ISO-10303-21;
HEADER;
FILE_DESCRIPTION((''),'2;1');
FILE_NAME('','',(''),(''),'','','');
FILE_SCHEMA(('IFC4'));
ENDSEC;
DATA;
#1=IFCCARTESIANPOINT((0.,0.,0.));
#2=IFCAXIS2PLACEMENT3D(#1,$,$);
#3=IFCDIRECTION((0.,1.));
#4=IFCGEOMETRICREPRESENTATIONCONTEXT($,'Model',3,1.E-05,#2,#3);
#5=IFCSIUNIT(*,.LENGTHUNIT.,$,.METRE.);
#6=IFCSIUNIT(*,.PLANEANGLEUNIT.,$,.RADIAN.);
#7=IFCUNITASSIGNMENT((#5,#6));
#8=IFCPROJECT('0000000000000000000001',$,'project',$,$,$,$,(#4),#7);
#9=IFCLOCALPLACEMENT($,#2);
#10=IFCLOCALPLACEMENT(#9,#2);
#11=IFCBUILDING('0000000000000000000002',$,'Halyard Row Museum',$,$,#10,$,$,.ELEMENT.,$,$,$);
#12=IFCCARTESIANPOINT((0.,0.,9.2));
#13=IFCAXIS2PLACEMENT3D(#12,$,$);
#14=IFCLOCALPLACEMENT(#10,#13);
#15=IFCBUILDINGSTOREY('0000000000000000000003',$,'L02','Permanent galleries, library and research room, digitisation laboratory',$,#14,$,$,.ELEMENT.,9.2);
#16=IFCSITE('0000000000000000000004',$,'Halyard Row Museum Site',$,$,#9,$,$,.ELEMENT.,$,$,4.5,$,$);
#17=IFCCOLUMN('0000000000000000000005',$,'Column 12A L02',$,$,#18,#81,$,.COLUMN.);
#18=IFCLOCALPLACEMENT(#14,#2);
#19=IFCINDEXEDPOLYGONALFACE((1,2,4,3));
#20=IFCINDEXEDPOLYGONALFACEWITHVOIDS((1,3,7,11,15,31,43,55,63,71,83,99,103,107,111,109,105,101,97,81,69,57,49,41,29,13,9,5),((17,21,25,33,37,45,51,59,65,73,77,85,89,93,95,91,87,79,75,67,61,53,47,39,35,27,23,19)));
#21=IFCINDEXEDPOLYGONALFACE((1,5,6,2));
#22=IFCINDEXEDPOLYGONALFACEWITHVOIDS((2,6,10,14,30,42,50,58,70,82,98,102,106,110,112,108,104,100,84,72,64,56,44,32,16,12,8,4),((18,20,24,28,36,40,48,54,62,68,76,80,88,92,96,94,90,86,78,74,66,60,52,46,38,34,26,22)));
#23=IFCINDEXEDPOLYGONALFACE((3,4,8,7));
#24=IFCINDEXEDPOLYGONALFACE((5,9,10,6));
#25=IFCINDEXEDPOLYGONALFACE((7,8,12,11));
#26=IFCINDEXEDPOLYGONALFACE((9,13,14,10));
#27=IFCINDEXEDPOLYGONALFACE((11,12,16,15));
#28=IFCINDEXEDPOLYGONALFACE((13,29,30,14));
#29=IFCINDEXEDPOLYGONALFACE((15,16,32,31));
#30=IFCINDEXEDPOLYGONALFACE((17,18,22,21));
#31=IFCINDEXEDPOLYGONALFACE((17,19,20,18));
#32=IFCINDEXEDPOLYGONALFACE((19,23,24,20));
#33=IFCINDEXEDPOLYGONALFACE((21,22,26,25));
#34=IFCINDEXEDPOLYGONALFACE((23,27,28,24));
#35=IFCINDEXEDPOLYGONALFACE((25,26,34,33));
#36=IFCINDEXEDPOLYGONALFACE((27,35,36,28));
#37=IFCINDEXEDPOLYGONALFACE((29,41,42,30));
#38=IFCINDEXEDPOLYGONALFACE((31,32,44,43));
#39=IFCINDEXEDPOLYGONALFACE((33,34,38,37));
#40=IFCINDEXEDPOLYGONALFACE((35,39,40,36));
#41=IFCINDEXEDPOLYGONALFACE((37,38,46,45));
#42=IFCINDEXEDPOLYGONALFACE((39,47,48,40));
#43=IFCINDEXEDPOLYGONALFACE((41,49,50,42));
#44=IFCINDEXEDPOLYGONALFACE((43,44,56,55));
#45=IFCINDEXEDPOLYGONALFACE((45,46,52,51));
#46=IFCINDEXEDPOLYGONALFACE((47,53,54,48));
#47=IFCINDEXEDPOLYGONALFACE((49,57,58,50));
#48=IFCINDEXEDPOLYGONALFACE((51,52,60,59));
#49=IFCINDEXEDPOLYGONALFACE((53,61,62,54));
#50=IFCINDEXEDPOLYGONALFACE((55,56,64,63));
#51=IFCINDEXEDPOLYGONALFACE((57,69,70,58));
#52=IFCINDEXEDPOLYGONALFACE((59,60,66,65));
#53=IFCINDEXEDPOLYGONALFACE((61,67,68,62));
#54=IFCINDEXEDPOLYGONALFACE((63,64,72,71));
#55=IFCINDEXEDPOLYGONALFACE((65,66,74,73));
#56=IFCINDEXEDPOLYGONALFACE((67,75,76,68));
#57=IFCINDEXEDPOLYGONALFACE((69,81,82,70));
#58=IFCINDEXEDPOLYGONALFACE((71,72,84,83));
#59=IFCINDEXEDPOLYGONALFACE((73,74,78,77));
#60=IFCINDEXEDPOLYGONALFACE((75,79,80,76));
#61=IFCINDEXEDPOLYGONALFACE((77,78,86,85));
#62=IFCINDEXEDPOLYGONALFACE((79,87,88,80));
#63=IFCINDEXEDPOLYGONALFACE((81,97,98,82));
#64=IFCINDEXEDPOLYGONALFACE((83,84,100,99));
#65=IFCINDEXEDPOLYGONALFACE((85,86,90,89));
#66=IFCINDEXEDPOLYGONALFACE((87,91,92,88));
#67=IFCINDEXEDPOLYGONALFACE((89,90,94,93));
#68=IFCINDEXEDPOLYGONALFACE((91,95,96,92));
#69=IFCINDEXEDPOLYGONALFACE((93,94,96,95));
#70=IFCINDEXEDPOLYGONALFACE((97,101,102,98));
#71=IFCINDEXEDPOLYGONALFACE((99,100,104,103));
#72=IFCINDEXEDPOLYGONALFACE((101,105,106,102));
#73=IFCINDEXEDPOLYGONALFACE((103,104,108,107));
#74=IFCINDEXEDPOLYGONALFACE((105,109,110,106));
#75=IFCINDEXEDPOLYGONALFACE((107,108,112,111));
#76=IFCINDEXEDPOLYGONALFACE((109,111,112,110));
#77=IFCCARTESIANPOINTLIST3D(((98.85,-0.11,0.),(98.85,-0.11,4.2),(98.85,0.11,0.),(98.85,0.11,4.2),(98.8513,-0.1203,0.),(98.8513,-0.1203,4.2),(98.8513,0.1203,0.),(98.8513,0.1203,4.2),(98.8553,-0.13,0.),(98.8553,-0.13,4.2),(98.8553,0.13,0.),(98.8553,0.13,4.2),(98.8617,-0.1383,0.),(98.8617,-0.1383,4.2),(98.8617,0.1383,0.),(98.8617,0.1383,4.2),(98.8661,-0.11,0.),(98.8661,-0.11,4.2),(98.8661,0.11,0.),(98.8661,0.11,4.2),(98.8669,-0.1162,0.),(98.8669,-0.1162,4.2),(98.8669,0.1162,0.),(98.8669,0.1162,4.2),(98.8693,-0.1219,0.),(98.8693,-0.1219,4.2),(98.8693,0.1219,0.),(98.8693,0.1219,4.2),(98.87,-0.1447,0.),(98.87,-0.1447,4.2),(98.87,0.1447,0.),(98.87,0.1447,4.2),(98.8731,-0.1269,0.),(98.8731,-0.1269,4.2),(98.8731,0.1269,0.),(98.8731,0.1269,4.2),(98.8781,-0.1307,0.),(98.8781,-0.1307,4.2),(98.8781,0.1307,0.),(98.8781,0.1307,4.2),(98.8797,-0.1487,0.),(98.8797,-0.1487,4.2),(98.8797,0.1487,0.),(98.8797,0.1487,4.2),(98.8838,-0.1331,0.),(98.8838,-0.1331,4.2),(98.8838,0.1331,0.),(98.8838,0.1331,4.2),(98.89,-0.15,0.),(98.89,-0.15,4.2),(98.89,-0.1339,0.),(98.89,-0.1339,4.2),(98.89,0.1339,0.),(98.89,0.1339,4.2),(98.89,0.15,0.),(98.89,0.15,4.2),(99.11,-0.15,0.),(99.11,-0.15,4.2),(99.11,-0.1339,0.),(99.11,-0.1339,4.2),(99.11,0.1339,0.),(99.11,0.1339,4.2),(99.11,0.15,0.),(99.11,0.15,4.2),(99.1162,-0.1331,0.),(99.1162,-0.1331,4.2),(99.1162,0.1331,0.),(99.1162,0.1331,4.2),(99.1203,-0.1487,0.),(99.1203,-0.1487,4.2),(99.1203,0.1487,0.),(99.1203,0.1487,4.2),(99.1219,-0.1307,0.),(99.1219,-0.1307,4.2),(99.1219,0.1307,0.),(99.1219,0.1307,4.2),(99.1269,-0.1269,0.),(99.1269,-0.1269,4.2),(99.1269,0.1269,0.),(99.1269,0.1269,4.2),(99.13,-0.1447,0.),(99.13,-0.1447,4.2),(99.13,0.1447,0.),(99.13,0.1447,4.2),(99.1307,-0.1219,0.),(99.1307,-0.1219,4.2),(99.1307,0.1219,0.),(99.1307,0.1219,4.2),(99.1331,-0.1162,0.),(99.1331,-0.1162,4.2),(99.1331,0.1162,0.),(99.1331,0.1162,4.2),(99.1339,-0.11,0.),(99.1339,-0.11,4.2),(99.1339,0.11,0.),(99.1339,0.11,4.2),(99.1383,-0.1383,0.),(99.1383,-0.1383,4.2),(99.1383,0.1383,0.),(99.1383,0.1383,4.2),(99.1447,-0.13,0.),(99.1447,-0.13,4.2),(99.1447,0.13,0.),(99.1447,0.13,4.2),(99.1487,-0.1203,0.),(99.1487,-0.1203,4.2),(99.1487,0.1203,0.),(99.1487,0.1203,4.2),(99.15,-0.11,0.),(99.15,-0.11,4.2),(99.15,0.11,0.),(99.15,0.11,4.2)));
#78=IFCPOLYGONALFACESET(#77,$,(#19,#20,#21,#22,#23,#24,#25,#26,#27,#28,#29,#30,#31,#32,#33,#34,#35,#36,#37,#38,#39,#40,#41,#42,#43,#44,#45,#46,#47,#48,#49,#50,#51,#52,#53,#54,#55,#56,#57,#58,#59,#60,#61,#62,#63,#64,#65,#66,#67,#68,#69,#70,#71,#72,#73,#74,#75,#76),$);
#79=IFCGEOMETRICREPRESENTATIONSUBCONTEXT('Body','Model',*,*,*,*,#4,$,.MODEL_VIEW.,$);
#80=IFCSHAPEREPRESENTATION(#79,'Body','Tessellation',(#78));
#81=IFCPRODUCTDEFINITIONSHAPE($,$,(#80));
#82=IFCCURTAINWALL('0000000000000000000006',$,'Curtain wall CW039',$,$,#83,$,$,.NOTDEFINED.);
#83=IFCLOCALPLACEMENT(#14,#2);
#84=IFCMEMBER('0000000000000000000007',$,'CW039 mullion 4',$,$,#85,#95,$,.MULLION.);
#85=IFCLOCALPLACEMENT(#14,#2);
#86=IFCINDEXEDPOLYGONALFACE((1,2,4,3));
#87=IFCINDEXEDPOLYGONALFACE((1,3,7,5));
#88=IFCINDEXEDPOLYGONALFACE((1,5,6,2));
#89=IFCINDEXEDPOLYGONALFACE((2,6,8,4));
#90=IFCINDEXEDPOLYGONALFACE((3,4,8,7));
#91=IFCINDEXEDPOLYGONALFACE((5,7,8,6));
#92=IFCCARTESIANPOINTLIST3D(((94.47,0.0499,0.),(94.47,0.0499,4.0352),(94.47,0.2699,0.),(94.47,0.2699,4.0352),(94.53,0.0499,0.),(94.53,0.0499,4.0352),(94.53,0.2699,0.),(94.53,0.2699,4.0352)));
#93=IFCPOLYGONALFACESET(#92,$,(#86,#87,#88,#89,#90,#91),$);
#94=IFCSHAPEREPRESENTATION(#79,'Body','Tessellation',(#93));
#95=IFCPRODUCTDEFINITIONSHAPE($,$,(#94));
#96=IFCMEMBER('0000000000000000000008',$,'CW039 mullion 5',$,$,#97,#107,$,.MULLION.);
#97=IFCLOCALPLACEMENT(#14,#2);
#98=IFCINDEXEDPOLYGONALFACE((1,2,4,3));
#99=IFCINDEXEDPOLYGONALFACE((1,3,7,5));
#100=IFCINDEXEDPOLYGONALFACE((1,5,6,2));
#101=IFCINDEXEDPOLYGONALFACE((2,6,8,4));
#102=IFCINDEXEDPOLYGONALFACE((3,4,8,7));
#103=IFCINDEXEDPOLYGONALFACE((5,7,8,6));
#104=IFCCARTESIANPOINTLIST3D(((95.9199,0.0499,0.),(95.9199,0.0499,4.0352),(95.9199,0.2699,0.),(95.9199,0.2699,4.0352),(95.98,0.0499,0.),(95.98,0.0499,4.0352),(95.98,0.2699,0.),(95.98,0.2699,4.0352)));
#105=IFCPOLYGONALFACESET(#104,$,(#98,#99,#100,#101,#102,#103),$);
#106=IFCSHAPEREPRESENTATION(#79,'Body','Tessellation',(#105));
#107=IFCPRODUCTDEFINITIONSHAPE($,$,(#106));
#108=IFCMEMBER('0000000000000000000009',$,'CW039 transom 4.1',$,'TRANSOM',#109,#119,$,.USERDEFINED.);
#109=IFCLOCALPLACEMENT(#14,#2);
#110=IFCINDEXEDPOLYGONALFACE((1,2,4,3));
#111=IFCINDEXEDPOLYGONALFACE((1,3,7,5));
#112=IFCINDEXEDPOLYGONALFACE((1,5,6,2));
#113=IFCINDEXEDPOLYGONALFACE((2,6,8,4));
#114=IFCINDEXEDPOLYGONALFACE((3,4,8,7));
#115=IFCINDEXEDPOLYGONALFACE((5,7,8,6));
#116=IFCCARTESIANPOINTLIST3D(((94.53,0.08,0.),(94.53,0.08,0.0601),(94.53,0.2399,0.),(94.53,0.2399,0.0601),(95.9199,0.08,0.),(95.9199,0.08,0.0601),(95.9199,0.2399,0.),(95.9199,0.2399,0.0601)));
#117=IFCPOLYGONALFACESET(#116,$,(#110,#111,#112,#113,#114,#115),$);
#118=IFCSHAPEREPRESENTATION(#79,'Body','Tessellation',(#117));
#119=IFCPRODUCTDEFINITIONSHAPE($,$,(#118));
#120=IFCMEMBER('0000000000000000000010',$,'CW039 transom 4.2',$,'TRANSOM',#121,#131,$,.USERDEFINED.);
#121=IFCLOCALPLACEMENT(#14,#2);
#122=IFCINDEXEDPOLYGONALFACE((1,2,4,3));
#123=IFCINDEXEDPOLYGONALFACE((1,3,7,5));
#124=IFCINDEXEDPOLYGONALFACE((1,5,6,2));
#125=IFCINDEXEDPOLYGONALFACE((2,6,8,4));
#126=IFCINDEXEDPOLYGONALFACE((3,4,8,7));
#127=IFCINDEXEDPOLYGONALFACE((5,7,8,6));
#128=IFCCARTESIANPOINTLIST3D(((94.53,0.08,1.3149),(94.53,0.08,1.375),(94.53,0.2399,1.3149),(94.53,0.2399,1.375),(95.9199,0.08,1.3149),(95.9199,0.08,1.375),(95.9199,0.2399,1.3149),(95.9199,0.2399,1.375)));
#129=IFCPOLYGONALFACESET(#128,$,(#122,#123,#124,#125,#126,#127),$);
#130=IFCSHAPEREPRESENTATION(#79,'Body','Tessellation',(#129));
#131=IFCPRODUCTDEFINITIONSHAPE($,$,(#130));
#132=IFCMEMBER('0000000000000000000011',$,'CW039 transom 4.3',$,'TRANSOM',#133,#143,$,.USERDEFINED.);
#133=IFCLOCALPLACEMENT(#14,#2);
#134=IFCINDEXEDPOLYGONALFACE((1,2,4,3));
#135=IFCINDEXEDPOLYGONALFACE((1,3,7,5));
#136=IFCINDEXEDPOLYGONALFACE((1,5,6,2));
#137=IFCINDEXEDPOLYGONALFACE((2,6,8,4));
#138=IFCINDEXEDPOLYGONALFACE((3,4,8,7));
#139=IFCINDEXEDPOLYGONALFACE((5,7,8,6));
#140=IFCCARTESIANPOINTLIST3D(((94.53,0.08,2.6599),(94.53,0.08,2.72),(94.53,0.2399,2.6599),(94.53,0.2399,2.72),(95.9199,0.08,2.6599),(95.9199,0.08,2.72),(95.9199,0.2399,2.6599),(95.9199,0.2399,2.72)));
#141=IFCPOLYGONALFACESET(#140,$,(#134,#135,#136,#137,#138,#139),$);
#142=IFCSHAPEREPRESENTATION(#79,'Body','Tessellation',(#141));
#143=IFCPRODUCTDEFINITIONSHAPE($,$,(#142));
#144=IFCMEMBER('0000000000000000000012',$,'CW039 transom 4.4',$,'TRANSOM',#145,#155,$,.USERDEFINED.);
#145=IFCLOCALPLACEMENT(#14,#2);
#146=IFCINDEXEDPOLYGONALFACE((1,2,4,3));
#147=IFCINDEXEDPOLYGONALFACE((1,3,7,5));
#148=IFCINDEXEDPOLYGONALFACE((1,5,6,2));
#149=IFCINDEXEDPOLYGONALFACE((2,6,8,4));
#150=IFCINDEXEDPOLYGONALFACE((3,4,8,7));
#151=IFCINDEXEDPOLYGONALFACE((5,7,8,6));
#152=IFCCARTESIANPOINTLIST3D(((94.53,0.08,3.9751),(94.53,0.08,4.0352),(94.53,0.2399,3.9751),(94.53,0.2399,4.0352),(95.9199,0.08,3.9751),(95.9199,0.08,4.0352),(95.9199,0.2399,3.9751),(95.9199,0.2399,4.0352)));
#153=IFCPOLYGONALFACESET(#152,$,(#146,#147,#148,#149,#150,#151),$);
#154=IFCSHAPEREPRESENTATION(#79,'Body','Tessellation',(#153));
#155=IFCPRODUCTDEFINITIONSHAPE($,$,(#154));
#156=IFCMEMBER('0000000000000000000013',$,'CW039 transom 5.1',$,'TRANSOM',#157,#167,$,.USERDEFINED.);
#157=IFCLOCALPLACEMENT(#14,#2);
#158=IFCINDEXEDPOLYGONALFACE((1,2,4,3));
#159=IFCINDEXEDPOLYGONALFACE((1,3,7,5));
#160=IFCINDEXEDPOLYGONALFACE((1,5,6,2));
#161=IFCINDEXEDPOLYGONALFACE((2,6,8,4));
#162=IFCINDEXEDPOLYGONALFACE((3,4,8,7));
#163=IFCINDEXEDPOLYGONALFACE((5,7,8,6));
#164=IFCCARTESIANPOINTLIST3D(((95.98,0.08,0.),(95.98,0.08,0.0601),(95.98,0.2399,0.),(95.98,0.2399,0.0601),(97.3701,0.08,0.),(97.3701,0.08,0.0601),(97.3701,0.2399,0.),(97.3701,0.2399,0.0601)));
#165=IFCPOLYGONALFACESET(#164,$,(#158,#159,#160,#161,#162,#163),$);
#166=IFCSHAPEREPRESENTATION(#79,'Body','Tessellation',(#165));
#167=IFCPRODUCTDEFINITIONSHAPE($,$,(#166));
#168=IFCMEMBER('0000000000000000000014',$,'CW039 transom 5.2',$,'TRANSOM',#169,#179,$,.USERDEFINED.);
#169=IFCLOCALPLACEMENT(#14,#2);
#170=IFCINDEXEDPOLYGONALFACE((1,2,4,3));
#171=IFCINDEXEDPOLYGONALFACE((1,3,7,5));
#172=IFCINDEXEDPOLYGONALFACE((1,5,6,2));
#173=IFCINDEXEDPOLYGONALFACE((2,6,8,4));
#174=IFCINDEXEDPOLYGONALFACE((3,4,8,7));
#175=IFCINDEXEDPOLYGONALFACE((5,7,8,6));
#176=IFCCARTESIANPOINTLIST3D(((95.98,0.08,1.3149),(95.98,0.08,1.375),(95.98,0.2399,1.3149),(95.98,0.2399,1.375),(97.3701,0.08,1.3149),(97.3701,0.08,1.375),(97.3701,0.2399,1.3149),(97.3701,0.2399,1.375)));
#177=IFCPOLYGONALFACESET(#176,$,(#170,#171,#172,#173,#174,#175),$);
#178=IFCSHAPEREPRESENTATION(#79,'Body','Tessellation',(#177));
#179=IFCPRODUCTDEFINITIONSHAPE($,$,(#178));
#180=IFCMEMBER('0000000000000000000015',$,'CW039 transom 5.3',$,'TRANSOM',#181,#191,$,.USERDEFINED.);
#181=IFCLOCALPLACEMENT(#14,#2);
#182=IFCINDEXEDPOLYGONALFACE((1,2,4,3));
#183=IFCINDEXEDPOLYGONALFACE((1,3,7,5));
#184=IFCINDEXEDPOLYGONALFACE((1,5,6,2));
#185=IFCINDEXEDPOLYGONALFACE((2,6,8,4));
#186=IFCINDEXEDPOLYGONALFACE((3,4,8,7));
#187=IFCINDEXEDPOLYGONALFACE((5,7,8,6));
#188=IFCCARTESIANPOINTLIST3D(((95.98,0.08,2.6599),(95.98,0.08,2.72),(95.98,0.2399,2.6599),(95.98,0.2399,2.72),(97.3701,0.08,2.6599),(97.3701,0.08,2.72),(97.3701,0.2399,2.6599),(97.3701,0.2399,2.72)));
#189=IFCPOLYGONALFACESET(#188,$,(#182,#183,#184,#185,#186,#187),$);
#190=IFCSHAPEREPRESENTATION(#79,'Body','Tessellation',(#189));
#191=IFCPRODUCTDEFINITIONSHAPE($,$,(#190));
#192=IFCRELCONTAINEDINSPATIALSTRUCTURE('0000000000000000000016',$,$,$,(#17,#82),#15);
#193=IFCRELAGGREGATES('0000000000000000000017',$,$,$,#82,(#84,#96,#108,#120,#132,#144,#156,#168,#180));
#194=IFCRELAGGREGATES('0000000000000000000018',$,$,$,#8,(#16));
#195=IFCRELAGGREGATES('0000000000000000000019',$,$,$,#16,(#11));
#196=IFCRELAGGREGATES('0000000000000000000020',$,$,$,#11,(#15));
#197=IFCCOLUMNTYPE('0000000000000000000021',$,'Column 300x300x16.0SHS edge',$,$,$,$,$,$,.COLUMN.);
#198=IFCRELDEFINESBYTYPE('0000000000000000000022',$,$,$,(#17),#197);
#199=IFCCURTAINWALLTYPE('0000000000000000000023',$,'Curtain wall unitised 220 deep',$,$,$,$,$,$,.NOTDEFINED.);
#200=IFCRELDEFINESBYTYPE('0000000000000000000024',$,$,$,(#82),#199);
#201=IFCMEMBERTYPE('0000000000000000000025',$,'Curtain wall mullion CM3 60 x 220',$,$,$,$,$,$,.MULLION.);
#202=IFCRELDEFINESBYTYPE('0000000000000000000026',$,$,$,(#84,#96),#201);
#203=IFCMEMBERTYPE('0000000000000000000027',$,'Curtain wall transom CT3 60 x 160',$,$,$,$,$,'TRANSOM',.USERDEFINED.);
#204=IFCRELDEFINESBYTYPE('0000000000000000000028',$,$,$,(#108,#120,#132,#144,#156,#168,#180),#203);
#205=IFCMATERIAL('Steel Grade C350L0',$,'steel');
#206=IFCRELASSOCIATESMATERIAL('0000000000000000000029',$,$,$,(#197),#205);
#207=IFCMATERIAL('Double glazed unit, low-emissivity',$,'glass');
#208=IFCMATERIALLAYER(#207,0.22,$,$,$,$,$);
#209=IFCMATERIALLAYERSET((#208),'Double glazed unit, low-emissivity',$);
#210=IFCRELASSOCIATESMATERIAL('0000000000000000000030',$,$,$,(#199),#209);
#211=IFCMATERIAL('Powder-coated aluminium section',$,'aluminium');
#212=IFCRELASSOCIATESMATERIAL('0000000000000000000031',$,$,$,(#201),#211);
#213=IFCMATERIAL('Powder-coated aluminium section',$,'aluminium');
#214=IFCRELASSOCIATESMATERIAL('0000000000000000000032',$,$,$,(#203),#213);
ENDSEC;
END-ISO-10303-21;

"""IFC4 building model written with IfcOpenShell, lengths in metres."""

from ifc_helpers import new_model, si_unit, direction, frame, origin, origin_2d, place, context, subcontext, project, spatial, rectangle, hollow_rectangle, extrude, material, layer, layer_set, material_profile, profile_set, type_object, element, aggregate, save


model = new_model("IFC4")

# Units and contexts
model_context = context("Model", 3, precision=1e-05, world=origin(), true_north=direction((0.0, 1.0)))
body_context = subcontext(model_context, "Body", "Model", "MODEL_VIEW")
ifc_project = project(units=[si_unit("LENGTHUNIT", "METRE"), si_unit("PLANEANGLEUNIT", "RADIAN")], contexts=[model_context])

# Site, building, storey
site_placement = place(None, origin())
site = spatial("IfcSite", under=ifc_project, at=site_placement, Name="Halyard Row Museum Site", CompositionType="ELEMENT", RefElevation=4.5)
building_placement = place(site_placement, origin())
building = spatial("IfcBuilding", under=site, at=building_placement, Name="Halyard Row Museum", CompositionType="ELEMENT")
storey_placement = place(building_placement, frame((0.0, 0.0, 9.2)))
storey = spatial("IfcBuildingStorey", under=building, at=storey_placement, Name="L02", Description="Permanent galleries, library and research room, digitisation laboratory", CompositionType="ELEMENT", Elevation=9.2)

# Column
ifc_material_1 = material(Name="Steel Grade C350L0", Category="steel")
ifc_material_profile_1 = material_profile(ifc_material_1, hollow_rectangle(XDim=0.3, YDim=0.3, WallThickness=0.0161, InnerFilletRadius=0.0239, OuterFilletRadius=0.04, at=origin_2d()), Name="300x300x16.0SHS")
ifc_profile_set_1 = profile_set([ifc_material_profile_1], Name="Steel Grade C350L0")
column_type = type_object("IfcColumnType", Name="Column 300x300x16.0SHS edge", PredefinedType="COLUMN", material=ifc_profile_set_1)
column_placement = place(storey_placement, frame((99.0, 0.0, 0.0), z_axis=(0.0, 0.0, 1.0), x_axis=(1.0, 0.0, 0.0)))
element("IfcColumn", 1, at=column_placement, inside=storey, type_object=column_type, Name="Column 12A L02", PredefinedType="COLUMN", context=body_context, shape_type="SweptSolid", body=[
    extrude(hollow_rectangle(XDim=0.3, YDim=0.3, WallThickness=0.0161, InnerFilletRadius=0.0239, OuterFilletRadius=0.04, at=origin_2d()), origin(), (0.0, 0.0, 1.0), 4.2),
])

# Curtain wall, members
ifc_material_2 = material(Name="Double glazed unit, low-emissivity", Category="glass")
ifc_layer_1 = layer(ifc_material_2, 0.22)
ifc_layer_set_1 = layer_set([ifc_layer_1], Name="Double glazed unit, low-emissivity")
curtain_wall_type = type_object("IfcCurtainWallType", Name="Curtain wall unitised 220 deep", PredefinedType="NOTDEFINED", material=ifc_layer_set_1)
curtain_wall_placement = place(storey_placement, origin())
curtain_wall = element("IfcCurtainWall", 2, at=curtain_wall_placement, inside=storey, type_object=curtain_wall_type, Name="Curtain wall CW039", PredefinedType="NOTDEFINED")
ifc_material_3 = material(Name="Powder-coated aluminium section", Category="aluminium")
ifc_material_profile_2 = material_profile(ifc_material_3, rectangle(XDim=0.22, YDim=0.0601, at=origin_2d()), Name="220x60 mullion")
ifc_profile_set_2 = profile_set([ifc_material_profile_2], Name="Powder-coated aluminium section")
member_type_1 = type_object("IfcMemberType", Name="Curtain wall mullion CM3 60 x 220", PredefinedType="MULLION", material=ifc_profile_set_2)
member_1_placement = place(storey_placement, frame((94.5, 0.1599, 0.0), z_axis=(0.0, 0.0, 1.0), x_axis=(0.0, 1.0, 0.0)))
member_1 = element("IfcMember", 3, at=member_1_placement, type_object=member_type_1, Name="CW039 mullion 4", PredefinedType="MULLION", context=body_context, shape_type="SweptSolid", body=[
    extrude(rectangle(XDim=0.22, YDim=0.0601, at=origin_2d()), origin(), (0.0, 0.0, 1.0), 4.0352),
])
member_2_placement = place(storey_placement, frame((95.95, 0.1599, 0.0), z_axis=(0.0, 0.0, 1.0), x_axis=(0.0, 1.0, 0.0)))
member_2 = element("IfcMember", 4, at=member_2_placement, type_object=member_type_1, Name="CW039 mullion 5", PredefinedType="MULLION", context=body_context, shape_type="SweptSolid", body=[
    extrude(rectangle(XDim=0.22, YDim=0.0601, at=origin_2d()), origin(), (0.0, 0.0, 1.0), 4.0352),
])
ifc_material_4 = material(Name="Powder-coated aluminium section", Category="aluminium")
ifc_material_profile_3 = material_profile(ifc_material_4, rectangle(XDim=0.1599, YDim=0.0601, at=origin_2d()), Name="160x60 transom")
ifc_profile_set_3 = profile_set([ifc_material_profile_3], Name="Powder-coated aluminium section")
member_type_2 = type_object("IfcMemberType", Name="Curtain wall transom CT3 60 x 160", ElementType="TRANSOM", PredefinedType="USERDEFINED", material=ifc_profile_set_3)
member_3_placement = place(storey_placement, frame((94.53, 0.1599, 0.03), z_axis=(1.0, 0.0, 0.0), x_axis=(0.0, 1.0, 0.0)))
member_3 = element("IfcMember", 5, at=member_3_placement, type_object=member_type_2, Name="CW039 transom 4.1", ObjectType="TRANSOM", PredefinedType="USERDEFINED", context=body_context, shape_type="SweptSolid", body=[
    extrude(rectangle(XDim=0.1599, YDim=0.0601, at=origin_2d()), origin(), (0.0, 0.0, 1.0), 1.3899),
])
member_4_placement = place(storey_placement, frame((94.53, 0.1599, 1.345), z_axis=(1.0, 0.0, 0.0), x_axis=(0.0, 1.0, 0.0)))
member_4 = element("IfcMember", 6, at=member_4_placement, type_object=member_type_2, Name="CW039 transom 4.2", ObjectType="TRANSOM", PredefinedType="USERDEFINED", context=body_context, shape_type="SweptSolid", body=[
    extrude(rectangle(XDim=0.1599, YDim=0.0601, at=origin_2d()), origin(), (0.0, 0.0, 1.0), 1.3899),
])
member_5_placement = place(storey_placement, frame((94.53, 0.1599, 2.6899), z_axis=(1.0, 0.0, 0.0), x_axis=(0.0, 1.0, 0.0)))
member_5 = element("IfcMember", 7, at=member_5_placement, type_object=member_type_2, Name="CW039 transom 4.3", ObjectType="TRANSOM", PredefinedType="USERDEFINED", context=body_context, shape_type="SweptSolid", body=[
    extrude(rectangle(XDim=0.1599, YDim=0.0601, at=origin_2d()), origin(), (0.0, 0.0, 1.0), 1.3899),
])
member_6_placement = place(storey_placement, frame((94.53, 0.1599, 4.0051), z_axis=(1.0, 0.0, 0.0), x_axis=(0.0, 1.0, 0.0)))
member_6 = element("IfcMember", 8, at=member_6_placement, type_object=member_type_2, Name="CW039 transom 4.4", ObjectType="TRANSOM", PredefinedType="USERDEFINED", context=body_context, shape_type="SweptSolid", body=[
    extrude(rectangle(XDim=0.1599, YDim=0.0601, at=origin_2d()), origin(), (0.0, 0.0, 1.0), 1.3899),
])
member_7_placement = place(storey_placement, frame((95.98, 0.1599, 0.03), z_axis=(1.0, 0.0, 0.0), x_axis=(0.0, 1.0, 0.0)))
member_7 = element("IfcMember", 9, at=member_7_placement, type_object=member_type_2, Name="CW039 transom 5.1", ObjectType="TRANSOM", PredefinedType="USERDEFINED", context=body_context, shape_type="SweptSolid", body=[
    extrude(rectangle(XDim=0.1599, YDim=0.0601, at=origin_2d()), origin(), (0.0, 0.0, 1.0), 1.3901),
])
member_8_placement = place(storey_placement, frame((95.98, 0.1599, 1.345), z_axis=(1.0, 0.0, 0.0), x_axis=(0.0, 1.0, 0.0)))
member_8 = element("IfcMember", 10, at=member_8_placement, type_object=member_type_2, Name="CW039 transom 5.2", ObjectType="TRANSOM", PredefinedType="USERDEFINED", context=body_context, shape_type="SweptSolid", body=[
    extrude(rectangle(XDim=0.1599, YDim=0.0601, at=origin_2d()), origin(), (0.0, 0.0, 1.0), 1.3901),
])
member_9_placement = place(storey_placement, frame((95.98, 0.1599, 2.6899), z_axis=(1.0, 0.0, 0.0), x_axis=(0.0, 1.0, 0.0)))
member_9 = element("IfcMember", 11, at=member_9_placement, type_object=member_type_2, Name="CW039 transom 5.3", ObjectType="TRANSOM", PredefinedType="USERDEFINED", context=body_context, shape_type="SweptSolid", body=[
    extrude(rectangle(XDim=0.1599, YDim=0.0601, at=origin_2d()), origin(), (0.0, 0.0, 1.0), 1.3901),
])

aggregate(curtain_wall, [member_1, member_2, member_3, member_4, member_5, member_6, member_7, member_8, member_9])

save(model, "model.ifc")
